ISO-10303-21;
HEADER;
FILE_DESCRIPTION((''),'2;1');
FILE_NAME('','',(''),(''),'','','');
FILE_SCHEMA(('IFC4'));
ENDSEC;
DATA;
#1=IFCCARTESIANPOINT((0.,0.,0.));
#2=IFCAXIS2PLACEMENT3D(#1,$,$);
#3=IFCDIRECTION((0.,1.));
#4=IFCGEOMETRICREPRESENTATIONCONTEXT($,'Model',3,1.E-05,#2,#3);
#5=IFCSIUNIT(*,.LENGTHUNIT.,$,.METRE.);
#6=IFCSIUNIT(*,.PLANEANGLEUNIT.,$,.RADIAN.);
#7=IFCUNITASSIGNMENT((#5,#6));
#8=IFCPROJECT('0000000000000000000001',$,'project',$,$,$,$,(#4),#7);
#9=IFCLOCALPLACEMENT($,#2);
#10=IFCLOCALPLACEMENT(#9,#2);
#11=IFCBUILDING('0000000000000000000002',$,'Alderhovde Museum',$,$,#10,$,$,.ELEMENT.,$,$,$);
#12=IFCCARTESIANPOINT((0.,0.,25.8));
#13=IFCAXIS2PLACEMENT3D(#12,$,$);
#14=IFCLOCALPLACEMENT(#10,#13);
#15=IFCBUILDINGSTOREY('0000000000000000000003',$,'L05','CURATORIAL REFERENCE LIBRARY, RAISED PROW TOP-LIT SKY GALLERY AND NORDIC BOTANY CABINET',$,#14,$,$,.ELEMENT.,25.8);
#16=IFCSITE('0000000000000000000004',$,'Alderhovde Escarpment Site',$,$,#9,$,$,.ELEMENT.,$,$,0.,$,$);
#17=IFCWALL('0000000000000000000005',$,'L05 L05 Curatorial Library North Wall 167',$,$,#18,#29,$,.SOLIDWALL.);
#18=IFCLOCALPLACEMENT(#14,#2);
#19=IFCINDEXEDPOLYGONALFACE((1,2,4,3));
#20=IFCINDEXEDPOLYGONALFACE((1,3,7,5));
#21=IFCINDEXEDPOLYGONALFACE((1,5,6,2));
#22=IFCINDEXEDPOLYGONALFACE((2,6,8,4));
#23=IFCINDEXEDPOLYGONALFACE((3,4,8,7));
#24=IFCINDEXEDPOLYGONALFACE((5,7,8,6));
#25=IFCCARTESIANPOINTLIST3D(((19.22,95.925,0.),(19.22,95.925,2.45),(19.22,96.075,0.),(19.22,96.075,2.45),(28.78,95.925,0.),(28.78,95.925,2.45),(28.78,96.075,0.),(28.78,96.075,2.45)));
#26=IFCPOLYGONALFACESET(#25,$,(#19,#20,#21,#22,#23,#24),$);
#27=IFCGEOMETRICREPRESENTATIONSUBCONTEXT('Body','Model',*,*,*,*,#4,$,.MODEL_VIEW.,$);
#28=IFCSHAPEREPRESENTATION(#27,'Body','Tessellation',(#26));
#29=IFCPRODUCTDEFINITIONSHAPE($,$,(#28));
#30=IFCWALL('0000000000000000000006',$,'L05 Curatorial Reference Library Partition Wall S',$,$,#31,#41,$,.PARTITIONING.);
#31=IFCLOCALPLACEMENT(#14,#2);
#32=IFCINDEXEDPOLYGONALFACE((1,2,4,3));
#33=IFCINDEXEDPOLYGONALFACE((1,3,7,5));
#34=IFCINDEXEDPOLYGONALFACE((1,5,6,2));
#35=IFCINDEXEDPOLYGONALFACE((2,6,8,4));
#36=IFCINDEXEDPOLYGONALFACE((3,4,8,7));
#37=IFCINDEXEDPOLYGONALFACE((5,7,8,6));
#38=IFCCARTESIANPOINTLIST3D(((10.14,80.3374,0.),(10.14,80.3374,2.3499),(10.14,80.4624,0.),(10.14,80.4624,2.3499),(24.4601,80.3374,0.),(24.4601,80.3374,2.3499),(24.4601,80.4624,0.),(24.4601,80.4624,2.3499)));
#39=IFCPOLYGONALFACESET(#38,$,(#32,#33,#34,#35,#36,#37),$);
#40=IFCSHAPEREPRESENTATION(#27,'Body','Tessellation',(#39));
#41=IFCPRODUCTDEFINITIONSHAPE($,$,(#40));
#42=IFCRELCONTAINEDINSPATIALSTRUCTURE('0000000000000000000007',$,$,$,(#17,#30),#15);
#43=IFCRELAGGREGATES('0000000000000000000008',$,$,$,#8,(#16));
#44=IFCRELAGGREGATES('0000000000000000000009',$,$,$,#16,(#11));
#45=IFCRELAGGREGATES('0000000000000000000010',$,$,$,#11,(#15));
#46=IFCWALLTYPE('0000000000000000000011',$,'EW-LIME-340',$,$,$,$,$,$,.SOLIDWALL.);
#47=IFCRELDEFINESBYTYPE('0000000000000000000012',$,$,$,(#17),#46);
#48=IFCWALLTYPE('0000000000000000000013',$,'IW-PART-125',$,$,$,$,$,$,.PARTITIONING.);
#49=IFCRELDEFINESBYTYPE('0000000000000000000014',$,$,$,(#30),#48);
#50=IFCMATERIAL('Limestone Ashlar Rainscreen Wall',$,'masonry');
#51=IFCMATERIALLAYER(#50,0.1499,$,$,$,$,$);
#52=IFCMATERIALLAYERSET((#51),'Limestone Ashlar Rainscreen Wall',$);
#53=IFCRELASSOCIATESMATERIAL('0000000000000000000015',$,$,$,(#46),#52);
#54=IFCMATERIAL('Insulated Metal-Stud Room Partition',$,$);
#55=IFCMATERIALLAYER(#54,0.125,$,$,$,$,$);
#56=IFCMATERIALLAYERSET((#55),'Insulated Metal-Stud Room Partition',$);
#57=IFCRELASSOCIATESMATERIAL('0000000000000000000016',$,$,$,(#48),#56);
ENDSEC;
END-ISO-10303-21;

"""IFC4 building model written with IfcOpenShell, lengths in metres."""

from ifc_helpers import new_model, si_unit, direction, frame, frame_2d, origin, place, context, subcontext, project, spatial, rectangle, extrude, material, layer, layer_set, type_object, element, save


model = new_model("IFC4")

# Units and contexts
model_context = context("Model", 3, precision=1e-05, world=origin(), true_north=direction((0.0, 1.0)))
body_context = subcontext(model_context, "Body", "Model", "MODEL_VIEW")
ifc_project = project(units=[si_unit("LENGTHUNIT", "METRE"), si_unit("PLANEANGLEUNIT", "RADIAN")], contexts=[model_context])

# Site, building, storey
site_placement = place(None, origin())
site = spatial("IfcSite", under=ifc_project, at=site_placement, Name="Alderhovde Escarpment Site", CompositionType="ELEMENT", RefElevation=0.0)
building_placement = place(site_placement, origin())
building = spatial("IfcBuilding", under=site, at=building_placement, Name="Alderhovde Museum", CompositionType="ELEMENT")
storey_placement = place(building_placement, frame((0.0, 0.0, 25.8)))
storey = spatial("IfcBuildingStorey", under=building, at=storey_placement, Name="L05", Description="CURATORIAL REFERENCE LIBRARY, RAISED PROW TOP-LIT SKY GALLERY AND NORDIC BOTANY CABINET", CompositionType="ELEMENT", Elevation=25.8)

# Walls
ifc_material_1 = material(Name="Limestone Ashlar Rainscreen Wall", Category="masonry")
ifc_layer_1 = layer(ifc_material_1, 0.1499)
ifc_layer_set_1 = layer_set([ifc_layer_1], Name="Limestone Ashlar Rainscreen Wall")
wall_type_1 = type_object("IfcWallType", Name="EW-LIME-340", PredefinedType="SOLIDWALL", material=ifc_layer_set_1)
wall_1_placement = place(storey_placement, frame((19.22, 96.0, 0.0), z_axis=(0.0, 0.0, 1.0), x_axis=(1.0, 0.0, 0.0)))
element("IfcWall", 1, at=wall_1_placement, inside=storey, type_object=wall_type_1, Name="L05 L05 Curatorial Library North Wall 167", PredefinedType="SOLIDWALL", context=body_context, shape_type="SweptSolid", body=[
    extrude(rectangle(XDim=9.5601, YDim=0.1499, at=frame_2d((4.78, 0.0))), origin(), (0.0, 0.0, 1.0), 2.45),
])
ifc_material_2 = material(Name="Insulated Metal-Stud Room Partition")
ifc_layer_2 = layer(ifc_material_2, 0.125)
ifc_layer_set_2 = layer_set([ifc_layer_2], Name="Insulated Metal-Stud Room Partition")
wall_type_2 = type_object("IfcWallType", Name="IW-PART-125", PredefinedType="PARTITIONING", material=ifc_layer_set_2)
wall_2_placement = place(storey_placement, frame((10.1399, 80.3999, 0.0), z_axis=(0.0, 0.0, 1.0), x_axis=(1.0, 0.0, 0.0)))
element("IfcWall", 2, at=wall_2_placement, inside=storey, type_object=wall_type_2, Name="L05 Curatorial Reference Library Partition Wall S", PredefinedType="PARTITIONING", context=body_context, shape_type="SweptSolid", body=[
    extrude(rectangle(XDim=14.3201, YDim=0.125, at=frame_2d((7.1602, 0.0))), origin(), (0.0, 0.0, 1.0), 2.3499),
])

save(model, "model.ifc")
